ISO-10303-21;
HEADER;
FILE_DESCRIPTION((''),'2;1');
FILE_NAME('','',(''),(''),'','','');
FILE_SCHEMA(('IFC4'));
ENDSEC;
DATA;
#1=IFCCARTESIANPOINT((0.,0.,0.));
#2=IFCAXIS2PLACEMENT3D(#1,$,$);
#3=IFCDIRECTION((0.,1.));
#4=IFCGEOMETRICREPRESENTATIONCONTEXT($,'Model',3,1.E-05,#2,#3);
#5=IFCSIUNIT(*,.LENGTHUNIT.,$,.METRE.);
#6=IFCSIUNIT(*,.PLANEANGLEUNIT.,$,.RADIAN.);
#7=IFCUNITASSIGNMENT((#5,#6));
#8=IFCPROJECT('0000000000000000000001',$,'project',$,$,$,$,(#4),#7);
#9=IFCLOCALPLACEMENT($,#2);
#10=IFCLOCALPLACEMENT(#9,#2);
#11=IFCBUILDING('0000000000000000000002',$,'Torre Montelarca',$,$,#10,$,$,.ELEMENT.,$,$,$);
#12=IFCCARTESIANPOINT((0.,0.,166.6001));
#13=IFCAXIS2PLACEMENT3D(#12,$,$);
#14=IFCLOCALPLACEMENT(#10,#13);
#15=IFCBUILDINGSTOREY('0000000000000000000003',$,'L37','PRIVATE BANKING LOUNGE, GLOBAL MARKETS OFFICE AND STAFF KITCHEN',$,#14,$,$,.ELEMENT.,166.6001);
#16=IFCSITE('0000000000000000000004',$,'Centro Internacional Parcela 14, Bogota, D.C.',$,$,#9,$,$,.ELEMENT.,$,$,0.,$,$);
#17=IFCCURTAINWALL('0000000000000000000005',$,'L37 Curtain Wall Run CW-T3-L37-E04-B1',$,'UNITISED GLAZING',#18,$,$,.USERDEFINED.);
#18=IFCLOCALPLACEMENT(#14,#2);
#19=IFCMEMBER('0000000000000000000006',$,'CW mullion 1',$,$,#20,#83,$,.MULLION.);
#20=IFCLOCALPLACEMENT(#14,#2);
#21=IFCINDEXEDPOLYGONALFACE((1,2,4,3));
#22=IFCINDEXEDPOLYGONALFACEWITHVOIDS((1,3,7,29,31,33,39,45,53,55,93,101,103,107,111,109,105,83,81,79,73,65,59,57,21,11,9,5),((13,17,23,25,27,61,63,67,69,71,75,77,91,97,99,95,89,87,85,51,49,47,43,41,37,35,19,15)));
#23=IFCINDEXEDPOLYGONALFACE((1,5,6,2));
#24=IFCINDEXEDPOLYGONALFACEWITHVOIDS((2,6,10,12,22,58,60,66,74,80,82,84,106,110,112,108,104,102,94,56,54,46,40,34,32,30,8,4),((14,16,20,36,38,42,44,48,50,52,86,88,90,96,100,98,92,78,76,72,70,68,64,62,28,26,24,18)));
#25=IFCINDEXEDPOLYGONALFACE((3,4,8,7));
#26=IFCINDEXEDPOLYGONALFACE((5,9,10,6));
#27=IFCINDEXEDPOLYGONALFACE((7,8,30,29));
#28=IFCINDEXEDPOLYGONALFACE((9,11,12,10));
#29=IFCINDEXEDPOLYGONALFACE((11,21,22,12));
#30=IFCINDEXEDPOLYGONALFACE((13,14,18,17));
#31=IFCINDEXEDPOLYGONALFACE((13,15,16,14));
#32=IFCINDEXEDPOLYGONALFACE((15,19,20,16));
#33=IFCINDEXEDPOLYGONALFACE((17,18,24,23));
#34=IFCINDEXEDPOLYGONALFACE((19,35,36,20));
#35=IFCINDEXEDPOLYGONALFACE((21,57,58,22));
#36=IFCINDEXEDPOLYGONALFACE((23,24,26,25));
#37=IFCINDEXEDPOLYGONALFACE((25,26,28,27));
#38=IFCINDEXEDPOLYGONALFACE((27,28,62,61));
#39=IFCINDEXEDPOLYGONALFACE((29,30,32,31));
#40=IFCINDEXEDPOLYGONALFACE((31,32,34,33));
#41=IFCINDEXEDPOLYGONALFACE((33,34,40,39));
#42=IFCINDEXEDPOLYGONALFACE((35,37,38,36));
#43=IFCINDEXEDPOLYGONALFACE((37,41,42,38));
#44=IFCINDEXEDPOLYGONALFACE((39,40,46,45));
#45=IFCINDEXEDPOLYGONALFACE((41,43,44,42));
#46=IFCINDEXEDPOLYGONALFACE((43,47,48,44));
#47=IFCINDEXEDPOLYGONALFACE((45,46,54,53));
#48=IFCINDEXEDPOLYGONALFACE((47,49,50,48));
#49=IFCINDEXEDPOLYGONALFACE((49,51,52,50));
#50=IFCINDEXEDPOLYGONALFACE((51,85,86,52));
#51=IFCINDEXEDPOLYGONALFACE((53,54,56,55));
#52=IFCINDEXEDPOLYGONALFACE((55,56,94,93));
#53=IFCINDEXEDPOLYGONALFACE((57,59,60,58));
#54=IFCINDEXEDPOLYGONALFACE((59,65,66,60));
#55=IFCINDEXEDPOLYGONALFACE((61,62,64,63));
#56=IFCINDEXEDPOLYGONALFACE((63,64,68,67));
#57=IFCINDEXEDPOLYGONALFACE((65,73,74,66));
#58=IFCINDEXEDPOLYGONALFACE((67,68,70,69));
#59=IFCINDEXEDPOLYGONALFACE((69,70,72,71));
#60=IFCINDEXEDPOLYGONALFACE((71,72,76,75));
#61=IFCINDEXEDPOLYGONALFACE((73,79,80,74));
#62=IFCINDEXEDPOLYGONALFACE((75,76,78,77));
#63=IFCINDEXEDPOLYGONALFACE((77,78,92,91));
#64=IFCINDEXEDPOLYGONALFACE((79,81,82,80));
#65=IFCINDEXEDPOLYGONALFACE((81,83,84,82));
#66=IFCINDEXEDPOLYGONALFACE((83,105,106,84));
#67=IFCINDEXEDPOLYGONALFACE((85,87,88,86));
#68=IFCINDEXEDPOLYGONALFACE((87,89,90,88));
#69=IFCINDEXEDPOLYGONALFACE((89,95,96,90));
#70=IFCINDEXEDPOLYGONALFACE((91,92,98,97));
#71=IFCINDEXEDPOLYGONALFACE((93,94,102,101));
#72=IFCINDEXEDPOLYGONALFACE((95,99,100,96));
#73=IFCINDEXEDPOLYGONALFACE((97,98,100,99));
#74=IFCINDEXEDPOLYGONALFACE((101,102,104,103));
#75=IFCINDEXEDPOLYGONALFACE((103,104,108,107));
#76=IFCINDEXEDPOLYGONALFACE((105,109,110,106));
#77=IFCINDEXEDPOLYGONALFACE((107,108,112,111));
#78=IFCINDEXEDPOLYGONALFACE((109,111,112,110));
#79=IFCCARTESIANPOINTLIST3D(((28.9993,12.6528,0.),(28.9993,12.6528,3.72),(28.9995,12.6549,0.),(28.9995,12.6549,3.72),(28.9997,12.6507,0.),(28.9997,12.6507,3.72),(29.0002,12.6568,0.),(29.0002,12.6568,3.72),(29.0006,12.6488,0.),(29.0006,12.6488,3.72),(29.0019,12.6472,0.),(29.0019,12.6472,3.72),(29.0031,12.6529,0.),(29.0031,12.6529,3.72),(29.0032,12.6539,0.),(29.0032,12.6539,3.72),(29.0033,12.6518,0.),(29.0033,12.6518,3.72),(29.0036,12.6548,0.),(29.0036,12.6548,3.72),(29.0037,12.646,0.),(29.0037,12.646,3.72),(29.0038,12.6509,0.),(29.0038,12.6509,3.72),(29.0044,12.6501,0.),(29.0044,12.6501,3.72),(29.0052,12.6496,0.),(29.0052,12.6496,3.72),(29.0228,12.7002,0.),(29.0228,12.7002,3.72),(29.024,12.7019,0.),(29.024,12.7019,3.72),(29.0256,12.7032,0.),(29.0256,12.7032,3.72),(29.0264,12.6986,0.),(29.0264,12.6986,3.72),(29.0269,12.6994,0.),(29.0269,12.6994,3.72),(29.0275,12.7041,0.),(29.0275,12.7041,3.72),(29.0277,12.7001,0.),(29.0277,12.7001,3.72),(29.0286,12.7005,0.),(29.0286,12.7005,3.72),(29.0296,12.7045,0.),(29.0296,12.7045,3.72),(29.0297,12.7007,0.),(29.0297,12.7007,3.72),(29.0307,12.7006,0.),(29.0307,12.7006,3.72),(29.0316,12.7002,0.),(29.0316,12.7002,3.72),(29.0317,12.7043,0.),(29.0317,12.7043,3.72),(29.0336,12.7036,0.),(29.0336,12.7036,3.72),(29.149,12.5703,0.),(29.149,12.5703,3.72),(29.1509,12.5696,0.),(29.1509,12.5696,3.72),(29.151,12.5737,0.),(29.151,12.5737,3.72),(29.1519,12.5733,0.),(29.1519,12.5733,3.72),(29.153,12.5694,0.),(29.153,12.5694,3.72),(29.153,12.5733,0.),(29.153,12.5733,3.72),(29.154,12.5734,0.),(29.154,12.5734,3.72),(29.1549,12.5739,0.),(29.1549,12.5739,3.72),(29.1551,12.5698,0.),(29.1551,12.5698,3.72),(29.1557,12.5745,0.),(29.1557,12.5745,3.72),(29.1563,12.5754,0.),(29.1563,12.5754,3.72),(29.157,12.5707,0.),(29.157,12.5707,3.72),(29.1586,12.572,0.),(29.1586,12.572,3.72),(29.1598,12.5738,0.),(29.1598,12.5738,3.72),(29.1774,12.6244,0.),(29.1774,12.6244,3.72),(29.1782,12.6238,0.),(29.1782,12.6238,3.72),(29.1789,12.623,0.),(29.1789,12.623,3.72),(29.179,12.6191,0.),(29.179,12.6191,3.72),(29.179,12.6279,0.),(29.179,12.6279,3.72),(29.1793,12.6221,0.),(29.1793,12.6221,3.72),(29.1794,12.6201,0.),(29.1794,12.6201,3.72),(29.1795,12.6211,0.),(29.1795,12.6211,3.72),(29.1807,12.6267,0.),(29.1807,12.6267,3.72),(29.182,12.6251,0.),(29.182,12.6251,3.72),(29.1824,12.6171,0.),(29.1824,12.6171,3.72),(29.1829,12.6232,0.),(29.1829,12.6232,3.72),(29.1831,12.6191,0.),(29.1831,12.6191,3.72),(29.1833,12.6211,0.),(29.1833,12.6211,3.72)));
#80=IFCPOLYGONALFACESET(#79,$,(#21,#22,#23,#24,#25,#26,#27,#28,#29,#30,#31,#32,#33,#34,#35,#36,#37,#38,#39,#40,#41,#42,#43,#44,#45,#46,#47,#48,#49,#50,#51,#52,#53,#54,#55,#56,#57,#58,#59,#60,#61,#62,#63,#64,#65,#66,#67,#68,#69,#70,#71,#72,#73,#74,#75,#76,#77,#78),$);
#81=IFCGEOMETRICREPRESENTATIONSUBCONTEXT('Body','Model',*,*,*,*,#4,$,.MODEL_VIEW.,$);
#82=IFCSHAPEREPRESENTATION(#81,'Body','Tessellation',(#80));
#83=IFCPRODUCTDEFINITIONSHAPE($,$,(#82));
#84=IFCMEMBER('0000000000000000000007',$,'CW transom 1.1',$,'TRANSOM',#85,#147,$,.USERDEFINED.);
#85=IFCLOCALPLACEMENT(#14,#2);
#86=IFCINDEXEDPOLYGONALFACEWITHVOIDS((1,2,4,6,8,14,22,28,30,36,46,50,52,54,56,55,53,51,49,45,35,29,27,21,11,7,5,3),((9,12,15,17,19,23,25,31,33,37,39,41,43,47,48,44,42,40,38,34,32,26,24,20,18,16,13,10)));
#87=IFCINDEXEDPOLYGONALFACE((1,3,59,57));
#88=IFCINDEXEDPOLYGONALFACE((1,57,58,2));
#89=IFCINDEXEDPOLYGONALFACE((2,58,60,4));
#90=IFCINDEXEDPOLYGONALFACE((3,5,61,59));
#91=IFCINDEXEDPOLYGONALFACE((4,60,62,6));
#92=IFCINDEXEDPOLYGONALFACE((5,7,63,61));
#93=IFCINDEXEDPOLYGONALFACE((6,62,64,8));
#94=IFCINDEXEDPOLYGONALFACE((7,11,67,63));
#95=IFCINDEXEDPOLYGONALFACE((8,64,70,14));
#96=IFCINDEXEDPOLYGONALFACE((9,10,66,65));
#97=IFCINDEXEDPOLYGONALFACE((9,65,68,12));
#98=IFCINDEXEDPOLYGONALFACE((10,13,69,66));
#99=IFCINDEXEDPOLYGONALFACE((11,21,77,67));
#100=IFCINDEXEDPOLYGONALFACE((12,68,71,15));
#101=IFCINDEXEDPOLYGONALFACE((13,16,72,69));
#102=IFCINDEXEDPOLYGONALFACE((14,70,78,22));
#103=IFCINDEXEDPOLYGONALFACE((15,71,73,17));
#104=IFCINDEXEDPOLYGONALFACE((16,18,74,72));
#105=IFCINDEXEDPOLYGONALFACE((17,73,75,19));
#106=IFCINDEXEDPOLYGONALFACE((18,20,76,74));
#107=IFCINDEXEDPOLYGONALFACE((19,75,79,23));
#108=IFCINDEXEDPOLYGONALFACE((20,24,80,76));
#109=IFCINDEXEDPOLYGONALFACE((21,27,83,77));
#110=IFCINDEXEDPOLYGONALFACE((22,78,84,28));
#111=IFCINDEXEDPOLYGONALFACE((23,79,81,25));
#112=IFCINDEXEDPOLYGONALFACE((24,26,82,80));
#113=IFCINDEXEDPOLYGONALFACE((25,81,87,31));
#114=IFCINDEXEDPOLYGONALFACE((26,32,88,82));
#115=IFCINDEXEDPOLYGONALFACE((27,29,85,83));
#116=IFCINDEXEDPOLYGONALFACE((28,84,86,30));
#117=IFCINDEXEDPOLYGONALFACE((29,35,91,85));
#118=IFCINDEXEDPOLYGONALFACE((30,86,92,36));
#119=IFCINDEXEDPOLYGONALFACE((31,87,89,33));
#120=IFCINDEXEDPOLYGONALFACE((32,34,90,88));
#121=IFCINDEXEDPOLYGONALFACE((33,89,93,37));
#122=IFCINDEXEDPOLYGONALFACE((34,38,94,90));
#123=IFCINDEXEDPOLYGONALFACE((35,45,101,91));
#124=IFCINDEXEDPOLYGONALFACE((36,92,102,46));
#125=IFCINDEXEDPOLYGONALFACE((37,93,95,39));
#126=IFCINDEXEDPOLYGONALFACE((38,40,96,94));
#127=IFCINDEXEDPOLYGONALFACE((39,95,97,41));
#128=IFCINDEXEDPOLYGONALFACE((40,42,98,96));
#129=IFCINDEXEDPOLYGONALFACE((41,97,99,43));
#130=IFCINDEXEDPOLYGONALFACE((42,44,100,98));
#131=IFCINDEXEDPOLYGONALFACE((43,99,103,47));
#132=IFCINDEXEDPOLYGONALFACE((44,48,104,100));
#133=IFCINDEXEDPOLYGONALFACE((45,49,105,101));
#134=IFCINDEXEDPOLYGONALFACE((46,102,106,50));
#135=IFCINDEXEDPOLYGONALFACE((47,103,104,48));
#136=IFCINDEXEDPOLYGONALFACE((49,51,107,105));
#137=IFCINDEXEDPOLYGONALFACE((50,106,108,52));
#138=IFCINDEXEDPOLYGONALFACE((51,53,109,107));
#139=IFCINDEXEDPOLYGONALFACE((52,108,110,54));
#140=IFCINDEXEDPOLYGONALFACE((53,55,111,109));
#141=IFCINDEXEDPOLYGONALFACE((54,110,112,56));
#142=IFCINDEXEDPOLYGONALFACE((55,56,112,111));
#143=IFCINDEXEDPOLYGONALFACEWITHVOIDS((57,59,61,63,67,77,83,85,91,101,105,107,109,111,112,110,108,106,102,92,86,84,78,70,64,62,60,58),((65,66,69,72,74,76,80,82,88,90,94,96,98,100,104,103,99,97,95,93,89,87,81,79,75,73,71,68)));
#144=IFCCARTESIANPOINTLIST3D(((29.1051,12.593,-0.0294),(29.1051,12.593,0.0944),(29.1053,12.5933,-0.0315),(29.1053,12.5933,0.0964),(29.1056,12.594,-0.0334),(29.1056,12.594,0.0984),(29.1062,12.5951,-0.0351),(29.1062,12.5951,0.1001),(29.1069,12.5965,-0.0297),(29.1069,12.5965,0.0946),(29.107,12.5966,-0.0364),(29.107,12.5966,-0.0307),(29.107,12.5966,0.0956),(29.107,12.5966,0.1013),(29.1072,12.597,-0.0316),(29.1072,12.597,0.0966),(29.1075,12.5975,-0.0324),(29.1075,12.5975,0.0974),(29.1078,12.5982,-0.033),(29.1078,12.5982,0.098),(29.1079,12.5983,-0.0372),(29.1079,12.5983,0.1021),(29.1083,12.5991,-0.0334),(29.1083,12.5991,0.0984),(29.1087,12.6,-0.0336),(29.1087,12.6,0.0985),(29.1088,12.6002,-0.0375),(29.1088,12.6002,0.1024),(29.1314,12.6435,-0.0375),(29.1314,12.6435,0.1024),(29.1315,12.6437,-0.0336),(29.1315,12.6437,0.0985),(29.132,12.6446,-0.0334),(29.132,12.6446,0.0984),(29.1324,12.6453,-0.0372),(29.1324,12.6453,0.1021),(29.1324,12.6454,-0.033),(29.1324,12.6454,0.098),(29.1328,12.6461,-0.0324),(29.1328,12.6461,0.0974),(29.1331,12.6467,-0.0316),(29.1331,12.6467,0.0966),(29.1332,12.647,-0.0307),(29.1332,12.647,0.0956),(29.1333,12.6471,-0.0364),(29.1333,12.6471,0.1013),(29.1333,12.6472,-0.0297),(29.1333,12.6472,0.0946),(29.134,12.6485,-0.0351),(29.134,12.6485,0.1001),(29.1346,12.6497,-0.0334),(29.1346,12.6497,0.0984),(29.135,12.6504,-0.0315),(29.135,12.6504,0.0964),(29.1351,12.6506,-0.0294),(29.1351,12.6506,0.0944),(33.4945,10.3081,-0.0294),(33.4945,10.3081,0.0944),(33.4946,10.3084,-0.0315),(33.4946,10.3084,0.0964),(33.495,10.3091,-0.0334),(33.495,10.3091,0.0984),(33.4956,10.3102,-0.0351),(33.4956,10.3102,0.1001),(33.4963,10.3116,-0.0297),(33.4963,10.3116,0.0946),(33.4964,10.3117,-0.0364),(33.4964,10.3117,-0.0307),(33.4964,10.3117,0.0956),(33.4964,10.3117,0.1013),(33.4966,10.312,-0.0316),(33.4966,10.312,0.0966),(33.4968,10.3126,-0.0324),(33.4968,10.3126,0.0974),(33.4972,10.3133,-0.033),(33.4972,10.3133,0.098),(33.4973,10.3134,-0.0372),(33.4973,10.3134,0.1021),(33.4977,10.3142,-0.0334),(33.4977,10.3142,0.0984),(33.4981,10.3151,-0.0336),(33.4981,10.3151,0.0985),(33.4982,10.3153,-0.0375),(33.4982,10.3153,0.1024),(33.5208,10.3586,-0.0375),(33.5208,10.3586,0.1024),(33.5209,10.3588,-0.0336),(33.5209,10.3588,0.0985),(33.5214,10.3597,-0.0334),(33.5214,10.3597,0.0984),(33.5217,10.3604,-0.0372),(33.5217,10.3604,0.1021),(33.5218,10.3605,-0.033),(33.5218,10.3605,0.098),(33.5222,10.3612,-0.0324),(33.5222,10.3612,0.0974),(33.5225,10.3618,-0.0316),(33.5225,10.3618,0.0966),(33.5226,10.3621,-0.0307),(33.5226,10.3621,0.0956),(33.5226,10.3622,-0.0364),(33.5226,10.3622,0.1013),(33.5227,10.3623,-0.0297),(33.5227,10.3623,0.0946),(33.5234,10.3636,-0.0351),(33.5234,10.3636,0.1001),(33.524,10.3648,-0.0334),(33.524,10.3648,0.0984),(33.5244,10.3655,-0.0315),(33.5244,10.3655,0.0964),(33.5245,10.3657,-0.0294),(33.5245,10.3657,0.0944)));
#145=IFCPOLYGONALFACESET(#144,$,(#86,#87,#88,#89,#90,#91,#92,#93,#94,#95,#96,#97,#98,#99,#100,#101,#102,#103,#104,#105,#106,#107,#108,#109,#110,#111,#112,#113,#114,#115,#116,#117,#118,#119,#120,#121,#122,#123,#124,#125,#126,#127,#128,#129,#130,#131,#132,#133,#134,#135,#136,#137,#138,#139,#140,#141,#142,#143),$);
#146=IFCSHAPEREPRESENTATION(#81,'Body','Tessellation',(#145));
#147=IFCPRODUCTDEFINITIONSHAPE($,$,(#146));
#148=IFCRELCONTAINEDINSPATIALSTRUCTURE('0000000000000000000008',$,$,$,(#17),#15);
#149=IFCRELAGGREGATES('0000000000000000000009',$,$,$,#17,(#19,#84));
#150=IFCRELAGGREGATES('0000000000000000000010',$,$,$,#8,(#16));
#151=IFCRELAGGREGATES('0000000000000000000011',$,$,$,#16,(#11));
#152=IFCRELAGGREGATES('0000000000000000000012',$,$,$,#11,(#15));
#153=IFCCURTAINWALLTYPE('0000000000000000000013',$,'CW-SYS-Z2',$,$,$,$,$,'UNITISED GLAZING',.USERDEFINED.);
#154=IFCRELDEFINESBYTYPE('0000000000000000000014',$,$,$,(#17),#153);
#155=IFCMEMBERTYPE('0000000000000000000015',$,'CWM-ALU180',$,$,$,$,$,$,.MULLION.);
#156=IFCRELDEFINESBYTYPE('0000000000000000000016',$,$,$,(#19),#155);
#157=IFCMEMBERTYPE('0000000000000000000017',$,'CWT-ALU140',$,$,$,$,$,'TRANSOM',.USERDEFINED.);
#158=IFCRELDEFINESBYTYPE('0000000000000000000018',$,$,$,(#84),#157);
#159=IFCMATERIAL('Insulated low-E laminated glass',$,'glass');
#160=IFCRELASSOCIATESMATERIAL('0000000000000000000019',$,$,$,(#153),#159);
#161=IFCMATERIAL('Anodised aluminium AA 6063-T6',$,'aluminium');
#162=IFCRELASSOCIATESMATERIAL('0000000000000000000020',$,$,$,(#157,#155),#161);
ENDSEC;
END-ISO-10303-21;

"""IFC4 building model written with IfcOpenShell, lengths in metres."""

from ifc_helpers import new_model, si_unit, direction, frame, origin, origin_2d, place, context, subcontext, project, spatial, hollow_rectangle, extrude, source, transform, mapped, material, material_profile, profile_set, type_object, element, aggregate, save


model = new_model("IFC4")

# Units and contexts
model_context = context("Model", 3, precision=1e-05, world=origin(), true_north=direction((0.0, 1.0)))
body_context = subcontext(model_context, "Body", "Model", "MODEL_VIEW")
ifc_project = project(units=[si_unit("LENGTHUNIT", "METRE"), si_unit("PLANEANGLEUNIT", "RADIAN")], contexts=[model_context])

# Site, building, storey
site_placement = place(None, origin())
site = spatial("IfcSite", under=ifc_project, at=site_placement, Name="Centro Internacional Parcela 14, Bogota, D.C.", CompositionType="ELEMENT", RefElevation=0.0)
building_placement = place(site_placement, origin())
building = spatial("IfcBuilding", under=site, at=building_placement, Name="Torre Montelarca", CompositionType="ELEMENT")
storey_placement = place(building_placement, frame((0.0, 0.0, 166.6001)))
storey = spatial("IfcBuildingStorey", under=building, at=storey_placement, Name="L37", Description="PRIVATE BANKING LOUNGE, GLOBAL MARKETS OFFICE AND STAFF KITCHEN", CompositionType="ELEMENT", Elevation=166.6001)

# Curtain wall, members
ifc_material_1 = material(Name="Insulated low-E laminated glass", Category="glass")
curtain_wall_type = type_object("IfcCurtainWallType", Name="CW-SYS-Z2", ElementType="UNITISED GLAZING", PredefinedType="USERDEFINED", material=ifc_material_1)
ifc_material_2 = material(Name="Anodised aluminium AA 6063-T6", Category="aluminium")
ifc_material_profile_1 = material_profile(ifc_material_2, hollow_rectangle(XDim=0.0649, YDim=0.1399, WallThickness=0.0039, InnerFilletRadius=0.0039, OuterFilletRadius=0.0081, at=origin_2d()), Name="ALU65X140X4", Category="aluminium")
ifc_profile_set_1 = profile_set([ifc_material_profile_1], Name="Anodised aluminium AA 6063-T6")
member_type_1 = type_object("IfcMemberType", Name="CWT-ALU140", ElementType="TRANSOM", PredefinedType="USERDEFINED", material=ifc_profile_set_1)
ifc_material_profile_2 = material_profile(ifc_material_2, hollow_rectangle(XDim=0.0649, YDim=0.1799, WallThickness=0.0039, InnerFilletRadius=0.0039, OuterFilletRadius=0.0081, at=origin_2d()), Name="ALU65X180X4", Category="aluminium")
ifc_profile_set_2 = profile_set([ifc_material_profile_2], Name="Anodised aluminium AA 6063-T6")
member_type_2 = type_object("IfcMemberType", Name="CWM-ALU180", PredefinedType="MULLION", material=ifc_profile_set_2)
shared_shape_1 = source(origin(), body_context, "Body", "SweptSolid", [
    extrude(hollow_rectangle(XDim=0.0649, YDim=0.1799, WallThickness=0.0039, InnerFilletRadius=0.0039, OuterFilletRadius=0.0081, at=origin_2d()), origin(), (0.0, 0.0, 1.0), 3.72),
])
curtain_wall_1_placement = place(storey_placement, origin())
curtain_wall_1 = element("IfcCurtainWall", 1, at=curtain_wall_1_placement, inside=storey, type_object=curtain_wall_type, Name="L37 Curtain Wall Run CW-T3-L37-E04-B1", ObjectType="UNITISED GLAZING", PredefinedType="USERDEFINED")
member_1_placement = place(storey_placement, frame((29.0913, 12.637, 0.0), z_axis=(0.0, 0.0, 1.0), x_axis=(0.461744, 0.887013, 0.0)))
member_1 = element("IfcMember", 2, at=member_1_placement, type_object=member_type_2, Name="CW mullion 1", PredefinedType="MULLION", context=body_context, shape_type="MappedRepresentation", body=[
    mapped(shared_shape_1, transform((0.0, 0.0, 0.0), scale=1.0)),
])
shared_shape_2 = source(origin(), body_context, "Body", "SweptSolid", [
    extrude(hollow_rectangle(XDim=0.0649, YDim=0.1399, WallThickness=0.0039, InnerFilletRadius=0.0039, OuterFilletRadius=0.0081, at=origin_2d()), origin(), (0.0, 0.0, 1.0), 4.9485),
])
member_2_placement = place(storey_placement, frame((29.1201, 12.6218, 0.0325), z_axis=(0.887016, -0.461738, 0.0), x_axis=(0.461738, 0.887016, 0.0)))
member_2 = element("IfcMember", 3, at=member_2_placement, type_object=member_type_1, Name="CW transom 1.1", ObjectType="TRANSOM", PredefinedType="USERDEFINED", context=body_context, shape_type="MappedRepresentation", body=[
    mapped(shared_shape_2, transform((0.0, 0.0, 0.0), scale=1.0)),
])
aggregate(curtain_wall_1, [member_1, member_2])

save(model, "model.ifc")
